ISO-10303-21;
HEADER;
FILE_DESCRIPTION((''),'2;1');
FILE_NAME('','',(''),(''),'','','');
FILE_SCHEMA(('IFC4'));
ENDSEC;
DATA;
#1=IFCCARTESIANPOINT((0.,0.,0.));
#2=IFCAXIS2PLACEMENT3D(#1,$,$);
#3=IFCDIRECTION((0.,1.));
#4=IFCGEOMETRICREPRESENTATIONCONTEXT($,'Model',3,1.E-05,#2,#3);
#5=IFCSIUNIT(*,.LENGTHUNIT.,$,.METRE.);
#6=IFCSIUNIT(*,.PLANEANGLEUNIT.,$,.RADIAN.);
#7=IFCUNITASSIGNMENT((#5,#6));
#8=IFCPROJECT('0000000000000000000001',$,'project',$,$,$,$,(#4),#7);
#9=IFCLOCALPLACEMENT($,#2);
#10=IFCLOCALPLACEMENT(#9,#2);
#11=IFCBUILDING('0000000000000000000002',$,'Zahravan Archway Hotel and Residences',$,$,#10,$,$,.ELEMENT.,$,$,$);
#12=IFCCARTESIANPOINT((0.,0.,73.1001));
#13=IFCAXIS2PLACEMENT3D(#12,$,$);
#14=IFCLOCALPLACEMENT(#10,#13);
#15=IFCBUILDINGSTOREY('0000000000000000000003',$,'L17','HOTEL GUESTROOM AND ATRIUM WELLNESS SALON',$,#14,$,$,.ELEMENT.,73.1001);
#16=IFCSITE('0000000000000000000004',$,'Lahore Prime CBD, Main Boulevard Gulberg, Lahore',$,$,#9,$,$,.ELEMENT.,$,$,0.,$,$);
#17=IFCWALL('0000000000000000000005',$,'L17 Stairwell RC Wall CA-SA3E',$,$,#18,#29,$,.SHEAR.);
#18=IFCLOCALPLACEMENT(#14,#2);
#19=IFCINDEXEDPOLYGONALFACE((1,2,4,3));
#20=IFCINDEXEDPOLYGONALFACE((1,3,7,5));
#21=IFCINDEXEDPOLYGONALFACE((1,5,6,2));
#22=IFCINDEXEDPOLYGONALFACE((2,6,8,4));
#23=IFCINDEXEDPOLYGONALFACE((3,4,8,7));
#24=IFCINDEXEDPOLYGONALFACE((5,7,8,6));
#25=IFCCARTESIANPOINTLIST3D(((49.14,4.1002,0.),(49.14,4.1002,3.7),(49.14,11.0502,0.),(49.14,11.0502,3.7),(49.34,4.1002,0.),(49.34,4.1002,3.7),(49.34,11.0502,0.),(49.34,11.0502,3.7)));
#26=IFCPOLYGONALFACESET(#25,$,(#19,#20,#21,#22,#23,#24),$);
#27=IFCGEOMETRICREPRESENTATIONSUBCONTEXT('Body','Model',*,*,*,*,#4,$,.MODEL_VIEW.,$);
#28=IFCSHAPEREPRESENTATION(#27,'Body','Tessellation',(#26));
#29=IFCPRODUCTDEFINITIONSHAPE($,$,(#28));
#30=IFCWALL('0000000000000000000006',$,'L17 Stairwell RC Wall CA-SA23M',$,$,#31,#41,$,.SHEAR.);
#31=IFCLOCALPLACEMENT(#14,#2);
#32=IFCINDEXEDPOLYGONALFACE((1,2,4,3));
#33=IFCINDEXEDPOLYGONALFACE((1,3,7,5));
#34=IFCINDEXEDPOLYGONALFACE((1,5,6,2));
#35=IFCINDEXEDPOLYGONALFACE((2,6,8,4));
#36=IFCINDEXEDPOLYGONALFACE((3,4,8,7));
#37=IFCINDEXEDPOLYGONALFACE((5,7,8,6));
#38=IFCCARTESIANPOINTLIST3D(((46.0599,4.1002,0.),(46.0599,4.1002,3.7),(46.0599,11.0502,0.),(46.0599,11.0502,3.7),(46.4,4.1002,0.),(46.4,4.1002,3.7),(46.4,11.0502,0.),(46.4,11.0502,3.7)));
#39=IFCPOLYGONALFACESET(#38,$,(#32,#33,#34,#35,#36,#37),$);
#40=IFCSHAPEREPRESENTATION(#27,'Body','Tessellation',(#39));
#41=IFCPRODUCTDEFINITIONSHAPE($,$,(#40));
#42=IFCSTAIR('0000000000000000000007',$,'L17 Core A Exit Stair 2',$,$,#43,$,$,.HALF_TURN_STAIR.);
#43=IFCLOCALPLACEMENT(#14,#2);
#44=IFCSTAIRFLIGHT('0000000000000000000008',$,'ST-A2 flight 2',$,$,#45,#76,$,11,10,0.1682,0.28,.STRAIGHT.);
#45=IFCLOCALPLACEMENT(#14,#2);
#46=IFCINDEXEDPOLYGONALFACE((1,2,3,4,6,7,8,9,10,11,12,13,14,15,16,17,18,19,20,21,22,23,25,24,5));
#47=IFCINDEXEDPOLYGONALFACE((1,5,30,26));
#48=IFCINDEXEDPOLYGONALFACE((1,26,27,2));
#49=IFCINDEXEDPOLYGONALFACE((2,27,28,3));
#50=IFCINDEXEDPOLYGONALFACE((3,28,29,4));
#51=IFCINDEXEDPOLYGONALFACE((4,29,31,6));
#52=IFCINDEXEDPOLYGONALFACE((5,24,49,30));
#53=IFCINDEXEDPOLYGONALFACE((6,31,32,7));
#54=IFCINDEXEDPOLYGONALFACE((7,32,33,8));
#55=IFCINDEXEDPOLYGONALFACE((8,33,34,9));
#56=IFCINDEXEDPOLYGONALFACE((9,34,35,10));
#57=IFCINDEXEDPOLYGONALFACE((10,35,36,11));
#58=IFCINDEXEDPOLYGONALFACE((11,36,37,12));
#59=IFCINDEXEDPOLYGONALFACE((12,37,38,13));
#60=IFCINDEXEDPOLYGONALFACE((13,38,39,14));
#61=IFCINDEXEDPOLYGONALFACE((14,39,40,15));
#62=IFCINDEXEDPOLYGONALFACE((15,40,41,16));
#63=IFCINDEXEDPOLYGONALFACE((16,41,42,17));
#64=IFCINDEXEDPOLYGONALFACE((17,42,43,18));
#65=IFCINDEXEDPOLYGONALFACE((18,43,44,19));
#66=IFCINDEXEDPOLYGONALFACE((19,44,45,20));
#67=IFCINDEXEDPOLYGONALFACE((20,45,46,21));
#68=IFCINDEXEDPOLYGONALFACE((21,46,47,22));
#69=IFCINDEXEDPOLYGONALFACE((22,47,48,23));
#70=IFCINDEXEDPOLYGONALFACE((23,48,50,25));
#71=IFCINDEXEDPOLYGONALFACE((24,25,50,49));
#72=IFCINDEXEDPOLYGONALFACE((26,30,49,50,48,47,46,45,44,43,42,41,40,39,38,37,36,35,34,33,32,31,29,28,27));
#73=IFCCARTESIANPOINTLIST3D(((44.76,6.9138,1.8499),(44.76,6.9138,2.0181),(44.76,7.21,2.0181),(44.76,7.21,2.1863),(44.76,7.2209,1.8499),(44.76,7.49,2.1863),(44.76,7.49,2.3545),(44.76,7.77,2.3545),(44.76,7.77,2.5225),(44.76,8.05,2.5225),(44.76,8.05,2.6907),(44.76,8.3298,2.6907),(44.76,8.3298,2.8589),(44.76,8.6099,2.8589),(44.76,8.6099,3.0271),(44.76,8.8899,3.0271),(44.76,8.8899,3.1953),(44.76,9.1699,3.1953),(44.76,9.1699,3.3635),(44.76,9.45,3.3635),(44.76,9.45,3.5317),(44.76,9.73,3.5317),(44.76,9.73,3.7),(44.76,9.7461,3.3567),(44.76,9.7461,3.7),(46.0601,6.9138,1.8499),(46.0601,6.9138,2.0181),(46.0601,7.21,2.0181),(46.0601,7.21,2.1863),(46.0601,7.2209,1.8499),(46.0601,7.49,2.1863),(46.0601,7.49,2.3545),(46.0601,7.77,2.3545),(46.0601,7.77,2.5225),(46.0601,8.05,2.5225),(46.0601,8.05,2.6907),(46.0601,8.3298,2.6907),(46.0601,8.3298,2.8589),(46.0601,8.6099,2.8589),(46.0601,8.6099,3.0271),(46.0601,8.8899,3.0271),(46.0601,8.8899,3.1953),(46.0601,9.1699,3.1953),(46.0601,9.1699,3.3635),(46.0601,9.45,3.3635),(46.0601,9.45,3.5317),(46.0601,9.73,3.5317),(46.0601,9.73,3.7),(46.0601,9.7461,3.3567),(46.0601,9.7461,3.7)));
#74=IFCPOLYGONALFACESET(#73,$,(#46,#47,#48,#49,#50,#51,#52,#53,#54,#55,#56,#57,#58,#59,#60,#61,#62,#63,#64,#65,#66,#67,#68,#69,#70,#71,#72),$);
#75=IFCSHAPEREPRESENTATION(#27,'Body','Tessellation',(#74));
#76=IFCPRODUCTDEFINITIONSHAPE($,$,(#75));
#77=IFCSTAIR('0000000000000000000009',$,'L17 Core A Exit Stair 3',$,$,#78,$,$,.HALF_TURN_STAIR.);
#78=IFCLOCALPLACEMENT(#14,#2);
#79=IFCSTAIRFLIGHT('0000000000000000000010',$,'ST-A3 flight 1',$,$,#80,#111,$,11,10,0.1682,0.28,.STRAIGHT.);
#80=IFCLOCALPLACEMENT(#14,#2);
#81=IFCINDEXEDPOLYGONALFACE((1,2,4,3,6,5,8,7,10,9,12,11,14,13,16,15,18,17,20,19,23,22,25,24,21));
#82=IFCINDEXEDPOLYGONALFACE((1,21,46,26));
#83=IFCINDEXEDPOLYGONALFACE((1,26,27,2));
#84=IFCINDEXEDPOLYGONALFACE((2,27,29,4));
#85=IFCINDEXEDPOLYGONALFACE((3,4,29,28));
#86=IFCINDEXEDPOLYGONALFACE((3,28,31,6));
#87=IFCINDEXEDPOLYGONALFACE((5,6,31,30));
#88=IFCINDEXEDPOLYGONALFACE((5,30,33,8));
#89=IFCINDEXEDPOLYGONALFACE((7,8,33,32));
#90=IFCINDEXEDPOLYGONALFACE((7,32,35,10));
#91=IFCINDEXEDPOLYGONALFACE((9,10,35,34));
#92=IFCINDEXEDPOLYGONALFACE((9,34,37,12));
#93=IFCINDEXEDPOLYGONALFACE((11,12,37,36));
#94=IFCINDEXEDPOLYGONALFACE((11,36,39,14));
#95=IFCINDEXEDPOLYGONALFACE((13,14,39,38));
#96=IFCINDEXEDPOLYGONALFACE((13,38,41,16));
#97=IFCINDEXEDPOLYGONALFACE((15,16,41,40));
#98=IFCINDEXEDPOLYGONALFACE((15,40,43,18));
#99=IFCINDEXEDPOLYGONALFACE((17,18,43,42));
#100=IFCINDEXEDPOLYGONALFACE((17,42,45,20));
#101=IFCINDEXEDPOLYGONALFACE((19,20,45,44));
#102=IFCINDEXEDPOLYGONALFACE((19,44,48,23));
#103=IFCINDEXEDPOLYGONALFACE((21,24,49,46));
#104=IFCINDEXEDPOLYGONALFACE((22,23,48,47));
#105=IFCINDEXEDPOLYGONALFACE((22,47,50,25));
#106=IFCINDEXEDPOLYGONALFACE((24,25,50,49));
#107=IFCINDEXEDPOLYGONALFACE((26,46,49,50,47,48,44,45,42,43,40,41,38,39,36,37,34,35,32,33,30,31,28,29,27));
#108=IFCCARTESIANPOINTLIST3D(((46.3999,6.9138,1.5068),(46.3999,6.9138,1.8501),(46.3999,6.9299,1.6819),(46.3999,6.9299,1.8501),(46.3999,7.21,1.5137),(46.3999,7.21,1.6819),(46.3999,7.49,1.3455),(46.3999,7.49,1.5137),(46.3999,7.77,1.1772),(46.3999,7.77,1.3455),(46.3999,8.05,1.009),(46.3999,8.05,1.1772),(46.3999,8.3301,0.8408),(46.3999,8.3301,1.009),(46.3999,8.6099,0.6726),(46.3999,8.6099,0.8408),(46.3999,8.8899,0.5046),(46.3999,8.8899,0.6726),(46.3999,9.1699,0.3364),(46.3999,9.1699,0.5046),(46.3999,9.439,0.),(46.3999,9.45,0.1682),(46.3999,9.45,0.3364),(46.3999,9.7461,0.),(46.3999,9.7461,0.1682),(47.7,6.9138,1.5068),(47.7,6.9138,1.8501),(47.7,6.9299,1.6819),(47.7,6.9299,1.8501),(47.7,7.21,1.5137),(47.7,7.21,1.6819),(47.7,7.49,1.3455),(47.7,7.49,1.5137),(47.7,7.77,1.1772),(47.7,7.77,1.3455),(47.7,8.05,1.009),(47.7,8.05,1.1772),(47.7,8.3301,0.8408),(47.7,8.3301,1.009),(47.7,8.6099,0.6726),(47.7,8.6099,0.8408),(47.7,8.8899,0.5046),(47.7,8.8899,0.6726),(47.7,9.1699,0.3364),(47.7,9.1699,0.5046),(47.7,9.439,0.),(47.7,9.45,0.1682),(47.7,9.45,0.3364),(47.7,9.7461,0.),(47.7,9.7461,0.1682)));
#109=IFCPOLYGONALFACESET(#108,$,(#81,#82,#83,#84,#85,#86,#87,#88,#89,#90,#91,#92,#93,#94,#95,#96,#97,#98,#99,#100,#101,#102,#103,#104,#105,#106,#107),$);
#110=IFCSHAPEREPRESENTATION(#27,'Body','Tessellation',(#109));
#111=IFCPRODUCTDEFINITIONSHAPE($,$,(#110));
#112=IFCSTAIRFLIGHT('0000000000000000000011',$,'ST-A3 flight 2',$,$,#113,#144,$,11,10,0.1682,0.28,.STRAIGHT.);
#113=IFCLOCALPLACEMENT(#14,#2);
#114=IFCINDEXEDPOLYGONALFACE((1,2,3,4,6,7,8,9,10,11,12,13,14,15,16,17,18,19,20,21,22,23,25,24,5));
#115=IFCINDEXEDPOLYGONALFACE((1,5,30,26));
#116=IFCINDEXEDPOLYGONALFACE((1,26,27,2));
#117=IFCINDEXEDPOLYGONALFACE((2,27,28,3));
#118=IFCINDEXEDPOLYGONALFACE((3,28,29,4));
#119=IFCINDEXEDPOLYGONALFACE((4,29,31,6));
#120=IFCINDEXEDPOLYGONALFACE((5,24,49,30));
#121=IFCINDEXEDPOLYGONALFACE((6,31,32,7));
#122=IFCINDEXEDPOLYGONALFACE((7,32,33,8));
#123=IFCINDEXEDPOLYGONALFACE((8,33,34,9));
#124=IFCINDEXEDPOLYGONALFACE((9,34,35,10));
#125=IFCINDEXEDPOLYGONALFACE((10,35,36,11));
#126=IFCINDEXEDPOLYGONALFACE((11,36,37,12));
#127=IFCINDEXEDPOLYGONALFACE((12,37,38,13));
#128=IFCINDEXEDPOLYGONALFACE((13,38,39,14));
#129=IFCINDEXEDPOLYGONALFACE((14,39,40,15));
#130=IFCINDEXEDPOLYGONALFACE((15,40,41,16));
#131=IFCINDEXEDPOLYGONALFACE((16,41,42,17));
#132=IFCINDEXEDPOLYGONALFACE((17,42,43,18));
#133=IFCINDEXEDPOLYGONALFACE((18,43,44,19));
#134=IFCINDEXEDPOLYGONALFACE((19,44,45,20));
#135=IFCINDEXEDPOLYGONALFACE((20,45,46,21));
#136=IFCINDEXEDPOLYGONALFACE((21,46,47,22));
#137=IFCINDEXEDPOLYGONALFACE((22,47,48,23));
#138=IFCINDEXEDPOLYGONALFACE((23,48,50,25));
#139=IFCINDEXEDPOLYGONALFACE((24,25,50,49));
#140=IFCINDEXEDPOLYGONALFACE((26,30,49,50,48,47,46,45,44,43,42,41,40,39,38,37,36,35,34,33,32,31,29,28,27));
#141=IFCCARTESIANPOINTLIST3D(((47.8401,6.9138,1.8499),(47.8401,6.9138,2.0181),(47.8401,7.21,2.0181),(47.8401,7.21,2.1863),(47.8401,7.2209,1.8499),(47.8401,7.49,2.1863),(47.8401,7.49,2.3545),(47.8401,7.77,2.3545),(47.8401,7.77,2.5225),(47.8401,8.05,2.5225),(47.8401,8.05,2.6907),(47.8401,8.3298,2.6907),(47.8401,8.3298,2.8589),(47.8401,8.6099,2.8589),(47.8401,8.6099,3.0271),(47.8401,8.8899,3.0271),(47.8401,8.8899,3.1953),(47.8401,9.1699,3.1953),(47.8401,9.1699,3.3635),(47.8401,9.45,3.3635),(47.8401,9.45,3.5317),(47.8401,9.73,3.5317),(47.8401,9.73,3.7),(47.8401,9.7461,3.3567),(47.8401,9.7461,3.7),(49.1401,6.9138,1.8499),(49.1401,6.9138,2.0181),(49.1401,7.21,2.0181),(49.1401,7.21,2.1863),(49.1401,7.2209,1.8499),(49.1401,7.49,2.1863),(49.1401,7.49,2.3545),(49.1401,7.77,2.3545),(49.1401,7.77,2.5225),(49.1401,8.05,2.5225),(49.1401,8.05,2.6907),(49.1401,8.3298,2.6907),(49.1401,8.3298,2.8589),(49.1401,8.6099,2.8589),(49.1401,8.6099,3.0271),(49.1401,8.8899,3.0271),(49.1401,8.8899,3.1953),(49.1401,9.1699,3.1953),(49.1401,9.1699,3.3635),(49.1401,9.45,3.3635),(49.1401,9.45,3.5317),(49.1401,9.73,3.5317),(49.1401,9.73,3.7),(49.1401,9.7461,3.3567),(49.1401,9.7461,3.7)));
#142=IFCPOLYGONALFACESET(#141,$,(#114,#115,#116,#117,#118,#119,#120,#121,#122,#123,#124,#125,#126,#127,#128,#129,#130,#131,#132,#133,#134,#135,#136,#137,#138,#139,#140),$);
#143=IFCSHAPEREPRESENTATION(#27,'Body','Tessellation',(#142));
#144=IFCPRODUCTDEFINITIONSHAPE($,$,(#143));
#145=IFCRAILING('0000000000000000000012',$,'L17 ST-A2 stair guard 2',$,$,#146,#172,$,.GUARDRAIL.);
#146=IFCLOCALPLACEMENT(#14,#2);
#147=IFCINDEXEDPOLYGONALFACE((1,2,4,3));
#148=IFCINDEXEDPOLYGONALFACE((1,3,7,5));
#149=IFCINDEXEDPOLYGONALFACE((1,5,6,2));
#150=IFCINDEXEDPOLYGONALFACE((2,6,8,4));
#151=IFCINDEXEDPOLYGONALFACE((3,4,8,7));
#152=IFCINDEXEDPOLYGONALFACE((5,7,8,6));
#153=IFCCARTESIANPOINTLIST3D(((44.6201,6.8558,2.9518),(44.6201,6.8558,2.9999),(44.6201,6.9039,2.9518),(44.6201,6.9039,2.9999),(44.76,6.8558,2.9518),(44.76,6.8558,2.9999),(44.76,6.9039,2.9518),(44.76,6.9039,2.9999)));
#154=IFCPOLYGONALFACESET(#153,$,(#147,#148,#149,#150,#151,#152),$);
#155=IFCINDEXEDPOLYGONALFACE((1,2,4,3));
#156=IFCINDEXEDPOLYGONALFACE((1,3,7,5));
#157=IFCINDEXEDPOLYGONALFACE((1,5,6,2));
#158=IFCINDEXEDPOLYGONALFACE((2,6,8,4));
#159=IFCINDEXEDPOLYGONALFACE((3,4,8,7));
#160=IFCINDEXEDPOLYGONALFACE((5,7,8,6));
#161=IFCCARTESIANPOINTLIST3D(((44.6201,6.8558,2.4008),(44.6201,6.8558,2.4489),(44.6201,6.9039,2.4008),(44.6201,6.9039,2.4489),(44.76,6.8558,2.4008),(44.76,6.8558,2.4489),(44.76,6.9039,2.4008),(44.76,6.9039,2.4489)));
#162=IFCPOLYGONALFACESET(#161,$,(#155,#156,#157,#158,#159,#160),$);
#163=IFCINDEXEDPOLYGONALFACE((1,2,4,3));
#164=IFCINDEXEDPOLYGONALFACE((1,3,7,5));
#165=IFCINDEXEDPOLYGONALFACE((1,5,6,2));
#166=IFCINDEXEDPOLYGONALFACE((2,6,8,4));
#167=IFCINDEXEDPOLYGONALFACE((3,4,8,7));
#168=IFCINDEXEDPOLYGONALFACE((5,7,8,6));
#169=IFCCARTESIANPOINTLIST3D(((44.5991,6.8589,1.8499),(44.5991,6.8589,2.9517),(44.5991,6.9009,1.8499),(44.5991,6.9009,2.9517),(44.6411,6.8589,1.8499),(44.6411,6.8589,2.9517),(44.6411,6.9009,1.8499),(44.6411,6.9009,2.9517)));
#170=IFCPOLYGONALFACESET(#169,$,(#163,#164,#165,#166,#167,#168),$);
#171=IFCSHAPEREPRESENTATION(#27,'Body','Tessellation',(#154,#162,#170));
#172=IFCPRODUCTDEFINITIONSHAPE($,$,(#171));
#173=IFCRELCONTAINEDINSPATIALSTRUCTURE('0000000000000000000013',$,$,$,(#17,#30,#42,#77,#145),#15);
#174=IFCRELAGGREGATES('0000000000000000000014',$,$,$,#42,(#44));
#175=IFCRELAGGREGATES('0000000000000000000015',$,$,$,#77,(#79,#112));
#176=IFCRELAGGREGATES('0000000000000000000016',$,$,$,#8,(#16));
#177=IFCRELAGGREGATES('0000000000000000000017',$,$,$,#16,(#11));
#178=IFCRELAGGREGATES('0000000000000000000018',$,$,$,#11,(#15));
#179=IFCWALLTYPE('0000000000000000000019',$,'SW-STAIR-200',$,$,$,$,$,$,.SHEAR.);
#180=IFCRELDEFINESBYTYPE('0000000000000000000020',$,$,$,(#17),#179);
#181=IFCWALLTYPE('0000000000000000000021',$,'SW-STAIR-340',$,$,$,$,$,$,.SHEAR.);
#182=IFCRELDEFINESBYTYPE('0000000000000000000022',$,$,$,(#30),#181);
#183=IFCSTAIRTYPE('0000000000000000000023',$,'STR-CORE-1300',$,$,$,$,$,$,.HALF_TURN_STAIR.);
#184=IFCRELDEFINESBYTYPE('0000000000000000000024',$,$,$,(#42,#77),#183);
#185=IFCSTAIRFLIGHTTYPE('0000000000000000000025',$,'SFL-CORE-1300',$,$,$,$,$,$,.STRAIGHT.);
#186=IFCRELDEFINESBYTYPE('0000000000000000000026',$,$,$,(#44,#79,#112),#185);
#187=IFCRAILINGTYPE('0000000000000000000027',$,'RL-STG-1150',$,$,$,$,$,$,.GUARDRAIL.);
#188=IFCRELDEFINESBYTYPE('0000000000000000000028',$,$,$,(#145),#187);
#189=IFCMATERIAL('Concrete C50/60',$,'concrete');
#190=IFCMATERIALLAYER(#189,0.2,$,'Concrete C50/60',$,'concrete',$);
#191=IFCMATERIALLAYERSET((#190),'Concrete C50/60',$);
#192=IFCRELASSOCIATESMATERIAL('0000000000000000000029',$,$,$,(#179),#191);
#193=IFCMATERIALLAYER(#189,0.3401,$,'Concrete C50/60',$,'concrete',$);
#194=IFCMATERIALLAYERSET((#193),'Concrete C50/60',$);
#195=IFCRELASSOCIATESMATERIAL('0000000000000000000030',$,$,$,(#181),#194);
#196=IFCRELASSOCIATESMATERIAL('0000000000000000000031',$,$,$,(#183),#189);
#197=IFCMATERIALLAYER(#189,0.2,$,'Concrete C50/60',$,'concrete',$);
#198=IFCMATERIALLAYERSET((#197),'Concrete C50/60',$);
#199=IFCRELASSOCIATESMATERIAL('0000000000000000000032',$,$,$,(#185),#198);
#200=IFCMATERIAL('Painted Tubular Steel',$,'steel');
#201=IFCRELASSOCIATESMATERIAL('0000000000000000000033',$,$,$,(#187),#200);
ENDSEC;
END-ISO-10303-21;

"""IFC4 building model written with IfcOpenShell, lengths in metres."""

from ifc_helpers import new_model, si_unit, direction, frame, frame_2d, origin, origin_2d, place, context, subcontext, project, spatial, polyline, rectangle, outline, extrude, source, transform, mapped, material, layer, layer_set, type_object, element, aggregate, save


model = new_model("IFC4")

# Units and contexts
model_context = context("Model", 3, precision=1e-05, world=origin(), true_north=direction((0.0, 1.0)))
body_context = subcontext(model_context, "Body", "Model", "MODEL_VIEW")
ifc_project = project(units=[si_unit("LENGTHUNIT", "METRE"), si_unit("PLANEANGLEUNIT", "RADIAN")], contexts=[model_context])

# Site, building, storey
site_placement = place(None, origin())
site = spatial("IfcSite", under=ifc_project, at=site_placement, Name="Lahore Prime CBD, Main Boulevard Gulberg, Lahore", CompositionType="ELEMENT", RefElevation=0.0)
building_placement = place(site_placement, origin())
building = spatial("IfcBuilding", under=site, at=building_placement, Name="Zahravan Archway Hotel and Residences", CompositionType="ELEMENT")
storey_placement = place(building_placement, frame((0.0, 0.0, 73.1001)))
storey = spatial("IfcBuildingStorey", under=building, at=storey_placement, Name="L17", Description="HOTEL GUESTROOM AND ATRIUM WELLNESS SALON", CompositionType="ELEMENT", Elevation=73.1001)

# Walls
ifc_material_1 = material(Name="Concrete C50/60", Category="concrete")
ifc_layer_1 = layer(ifc_material_1, 0.2, Name="Concrete C50/60", Category="concrete")
ifc_layer_set_1 = layer_set([ifc_layer_1], Name="Concrete C50/60")
wall_type_1 = type_object("IfcWallType", Name="SW-STAIR-200", PredefinedType="SHEAR", material=ifc_layer_set_1)
wall_1_placement = place(storey_placement, frame((49.24, 4.1001, 0.0), z_axis=(0.0, 0.0, 1.0), x_axis=(0.0, 1.0, 0.0)))
element("IfcWall", 1, at=wall_1_placement, inside=storey, type_object=wall_type_1, Name="L17 Stairwell RC Wall CA-SA3E", PredefinedType="SHEAR", context=body_context, shape_type="SweptSolid", body=[
    extrude(rectangle(XDim=6.95, YDim=0.2, at=frame_2d((3.4751, 0.0))), origin(), (0.0, 0.0, 1.0), 3.7),
])
ifc_layer_2 = layer(ifc_material_1, 0.3401, Name="Concrete C50/60", Category="concrete")
ifc_layer_set_2 = layer_set([ifc_layer_2], Name="Concrete C50/60")
wall_type_2 = type_object("IfcWallType", Name="SW-STAIR-340", PredefinedType="SHEAR", material=ifc_layer_set_2)
wall_2_placement = place(storey_placement, frame((46.23, 4.1001, 0.0), z_axis=(0.0, 0.0, 1.0), x_axis=(0.0, 1.0, 0.0)))
element("IfcWall", 2, at=wall_2_placement, inside=storey, type_object=wall_type_2, Name="L17 Stairwell RC Wall CA-SA23M", PredefinedType="SHEAR", context=body_context, shape_type="SweptSolid", body=[
    extrude(rectangle(XDim=6.95, YDim=0.3401, at=frame_2d((3.4751, 0.0))), origin(), (0.0, 0.0, 1.0), 3.7),
])

# Stair, stair flight
stair_type = type_object("IfcStairType", Name="STR-CORE-1300", PredefinedType="HALF_TURN_STAIR", material=ifc_material_1)
stair_1_placement = place(storey_placement, origin())
stair_1 = element("IfcStair", 3, at=stair_1_placement, inside=storey, type_object=stair_type, Name="L17 Core A Exit Stair 2", PredefinedType="HALF_TURN_STAIR")
ifc_layer_3 = layer(ifc_material_1, 0.2, Name="Concrete C50/60", Category="concrete")
ifc_layer_set_3 = layer_set([ifc_layer_3], Name="Concrete C50/60")
stair_flight_type = type_object("IfcStairFlightType", Name="SFL-CORE-1300", PredefinedType="STRAIGHT", material=ifc_layer_set_3)
shared_shape = source(origin(), body_context, "Body", "SweptSolid", [
    extrude(outline(polyline([(-0.0161, 0.0), (-0.0161, 0.1682), (0.28, 0.1682), (0.28, 0.3364), (0.5601, 0.3364), (0.5601, 0.5046), (0.8401, 0.5046), (0.8401, 0.6726), (1.1201, 0.6726), (1.1201, 0.8408), (1.3999, 0.8408), (1.3999, 1.009), (1.6799, 1.009), (1.6799, 1.1772), (1.96, 1.1772), (1.96, 1.3455), (2.24, 1.3455), (2.24, 1.5137), (2.52, 1.5137), (2.52, 1.6819), (2.8, 1.6819), (2.8, 1.8501), (2.8162, 1.8501), (2.8162, 1.5068), (0.291, 0.0), (-0.0161, 0.0)])), frame((0.0, 0.6499, 0.0), z_axis=(0.0, -1.0, 0.0), x_axis=(1.0, 0.0, 0.0)), (0.0, 0.0, 1.0), 1.3),
])
stair_flight_1_placement = place(storey_placement, frame((45.4099, 6.9299, 1.8499), z_axis=(0.0, 0.0, 1.0), x_axis=(0.0, 1.0, 0.0)))
stair_flight_1 = element("IfcStairFlight", 4, at=stair_flight_1_placement, type_object=stair_flight_type, Name="ST-A2 flight 2", NumberOfRisers=11, NumberOfTreads=10, PredefinedType="STRAIGHT", RiserHeight=0.1682, TreadLength=0.28, context=body_context, shape_type="MappedRepresentation", body=[
    mapped(shared_shape, transform((0.0, 0.0, 0.0), scale=1.0)),
])
aggregate(stair_1, [stair_flight_1])

# Stair, stair flights
stair_2_placement = place(storey_placement, origin())
stair_2 = element("IfcStair", 5, at=stair_2_placement, inside=storey, type_object=stair_type, Name="L17 Core A Exit Stair 3", PredefinedType="HALF_TURN_STAIR")
stair_flight_2_placement = place(storey_placement, frame((47.05, 9.73, 0.0), z_axis=(0.0, 0.0, 1.0), x_axis=(0.0, -1.0, 0.0)))
stair_flight_2 = element("IfcStairFlight", 6, at=stair_flight_2_placement, type_object=stair_flight_type, Name="ST-A3 flight 1", NumberOfRisers=11, NumberOfTreads=10, PredefinedType="STRAIGHT", RiserHeight=0.1682, TreadLength=0.28, context=body_context, shape_type="MappedRepresentation", body=[
    mapped(shared_shape, transform((0.0, 0.0, 0.0), scale=1.0)),
])
stair_flight_3_placement = place(storey_placement, frame((48.49, 6.9299, 1.8499), z_axis=(0.0, 0.0, 1.0), x_axis=(0.0, 1.0, 0.0)))
stair_flight_3 = element("IfcStairFlight", 7, at=stair_flight_3_placement, type_object=stair_flight_type, Name="ST-A3 flight 2", NumberOfRisers=11, NumberOfTreads=10, PredefinedType="STRAIGHT", RiserHeight=0.1682, TreadLength=0.28, context=body_context, shape_type="MappedRepresentation", body=[
    mapped(shared_shape, transform((0.0, 0.0, 0.0), scale=1.0)),
])
aggregate(stair_2, [stair_flight_2, stair_flight_3])

# Railing
ifc_material_2 = material(Name="Painted Tubular Steel", Category="steel")
railing_type_1 = type_object("IfcRailingType", Name="RL-STG-1150", PredefinedType="GUARDRAIL", material=ifc_material_2)
railing_1_placement = place(storey_placement, frame((44.6201, 6.8799, 1.8499)))
element("IfcRailing", 8, at=railing_1_placement, inside=storey, type_object=railing_type_1, Name="L17 ST-A2 stair guard 2", PredefinedType="GUARDRAIL", context=body_context, shape_type="SweptSolid", body=[
    extrude(rectangle(XDim=0.0481, YDim=0.0481, at=origin_2d()), frame((0.0, 0.0, 1.126), z_axis=(1.0, 0.0, 0.0), x_axis=(0.0, 1.0, 0.0)), (0.0, 0.0, 1.0), 0.1399),
    extrude(rectangle(XDim=0.0481, YDim=0.0481, at=origin_2d()), frame((0.0, 0.0, 0.575), z_axis=(1.0, 0.0, 0.0), x_axis=(0.0, 1.0, 0.0)), (0.0, 0.0, 1.0), 0.1399),
    extrude(rectangle(XDim=0.042, YDim=0.042, at=origin_2d()), origin(), (0.0, 0.0, 1.0), 1.1018),
])

save(model, "model.ifc")
